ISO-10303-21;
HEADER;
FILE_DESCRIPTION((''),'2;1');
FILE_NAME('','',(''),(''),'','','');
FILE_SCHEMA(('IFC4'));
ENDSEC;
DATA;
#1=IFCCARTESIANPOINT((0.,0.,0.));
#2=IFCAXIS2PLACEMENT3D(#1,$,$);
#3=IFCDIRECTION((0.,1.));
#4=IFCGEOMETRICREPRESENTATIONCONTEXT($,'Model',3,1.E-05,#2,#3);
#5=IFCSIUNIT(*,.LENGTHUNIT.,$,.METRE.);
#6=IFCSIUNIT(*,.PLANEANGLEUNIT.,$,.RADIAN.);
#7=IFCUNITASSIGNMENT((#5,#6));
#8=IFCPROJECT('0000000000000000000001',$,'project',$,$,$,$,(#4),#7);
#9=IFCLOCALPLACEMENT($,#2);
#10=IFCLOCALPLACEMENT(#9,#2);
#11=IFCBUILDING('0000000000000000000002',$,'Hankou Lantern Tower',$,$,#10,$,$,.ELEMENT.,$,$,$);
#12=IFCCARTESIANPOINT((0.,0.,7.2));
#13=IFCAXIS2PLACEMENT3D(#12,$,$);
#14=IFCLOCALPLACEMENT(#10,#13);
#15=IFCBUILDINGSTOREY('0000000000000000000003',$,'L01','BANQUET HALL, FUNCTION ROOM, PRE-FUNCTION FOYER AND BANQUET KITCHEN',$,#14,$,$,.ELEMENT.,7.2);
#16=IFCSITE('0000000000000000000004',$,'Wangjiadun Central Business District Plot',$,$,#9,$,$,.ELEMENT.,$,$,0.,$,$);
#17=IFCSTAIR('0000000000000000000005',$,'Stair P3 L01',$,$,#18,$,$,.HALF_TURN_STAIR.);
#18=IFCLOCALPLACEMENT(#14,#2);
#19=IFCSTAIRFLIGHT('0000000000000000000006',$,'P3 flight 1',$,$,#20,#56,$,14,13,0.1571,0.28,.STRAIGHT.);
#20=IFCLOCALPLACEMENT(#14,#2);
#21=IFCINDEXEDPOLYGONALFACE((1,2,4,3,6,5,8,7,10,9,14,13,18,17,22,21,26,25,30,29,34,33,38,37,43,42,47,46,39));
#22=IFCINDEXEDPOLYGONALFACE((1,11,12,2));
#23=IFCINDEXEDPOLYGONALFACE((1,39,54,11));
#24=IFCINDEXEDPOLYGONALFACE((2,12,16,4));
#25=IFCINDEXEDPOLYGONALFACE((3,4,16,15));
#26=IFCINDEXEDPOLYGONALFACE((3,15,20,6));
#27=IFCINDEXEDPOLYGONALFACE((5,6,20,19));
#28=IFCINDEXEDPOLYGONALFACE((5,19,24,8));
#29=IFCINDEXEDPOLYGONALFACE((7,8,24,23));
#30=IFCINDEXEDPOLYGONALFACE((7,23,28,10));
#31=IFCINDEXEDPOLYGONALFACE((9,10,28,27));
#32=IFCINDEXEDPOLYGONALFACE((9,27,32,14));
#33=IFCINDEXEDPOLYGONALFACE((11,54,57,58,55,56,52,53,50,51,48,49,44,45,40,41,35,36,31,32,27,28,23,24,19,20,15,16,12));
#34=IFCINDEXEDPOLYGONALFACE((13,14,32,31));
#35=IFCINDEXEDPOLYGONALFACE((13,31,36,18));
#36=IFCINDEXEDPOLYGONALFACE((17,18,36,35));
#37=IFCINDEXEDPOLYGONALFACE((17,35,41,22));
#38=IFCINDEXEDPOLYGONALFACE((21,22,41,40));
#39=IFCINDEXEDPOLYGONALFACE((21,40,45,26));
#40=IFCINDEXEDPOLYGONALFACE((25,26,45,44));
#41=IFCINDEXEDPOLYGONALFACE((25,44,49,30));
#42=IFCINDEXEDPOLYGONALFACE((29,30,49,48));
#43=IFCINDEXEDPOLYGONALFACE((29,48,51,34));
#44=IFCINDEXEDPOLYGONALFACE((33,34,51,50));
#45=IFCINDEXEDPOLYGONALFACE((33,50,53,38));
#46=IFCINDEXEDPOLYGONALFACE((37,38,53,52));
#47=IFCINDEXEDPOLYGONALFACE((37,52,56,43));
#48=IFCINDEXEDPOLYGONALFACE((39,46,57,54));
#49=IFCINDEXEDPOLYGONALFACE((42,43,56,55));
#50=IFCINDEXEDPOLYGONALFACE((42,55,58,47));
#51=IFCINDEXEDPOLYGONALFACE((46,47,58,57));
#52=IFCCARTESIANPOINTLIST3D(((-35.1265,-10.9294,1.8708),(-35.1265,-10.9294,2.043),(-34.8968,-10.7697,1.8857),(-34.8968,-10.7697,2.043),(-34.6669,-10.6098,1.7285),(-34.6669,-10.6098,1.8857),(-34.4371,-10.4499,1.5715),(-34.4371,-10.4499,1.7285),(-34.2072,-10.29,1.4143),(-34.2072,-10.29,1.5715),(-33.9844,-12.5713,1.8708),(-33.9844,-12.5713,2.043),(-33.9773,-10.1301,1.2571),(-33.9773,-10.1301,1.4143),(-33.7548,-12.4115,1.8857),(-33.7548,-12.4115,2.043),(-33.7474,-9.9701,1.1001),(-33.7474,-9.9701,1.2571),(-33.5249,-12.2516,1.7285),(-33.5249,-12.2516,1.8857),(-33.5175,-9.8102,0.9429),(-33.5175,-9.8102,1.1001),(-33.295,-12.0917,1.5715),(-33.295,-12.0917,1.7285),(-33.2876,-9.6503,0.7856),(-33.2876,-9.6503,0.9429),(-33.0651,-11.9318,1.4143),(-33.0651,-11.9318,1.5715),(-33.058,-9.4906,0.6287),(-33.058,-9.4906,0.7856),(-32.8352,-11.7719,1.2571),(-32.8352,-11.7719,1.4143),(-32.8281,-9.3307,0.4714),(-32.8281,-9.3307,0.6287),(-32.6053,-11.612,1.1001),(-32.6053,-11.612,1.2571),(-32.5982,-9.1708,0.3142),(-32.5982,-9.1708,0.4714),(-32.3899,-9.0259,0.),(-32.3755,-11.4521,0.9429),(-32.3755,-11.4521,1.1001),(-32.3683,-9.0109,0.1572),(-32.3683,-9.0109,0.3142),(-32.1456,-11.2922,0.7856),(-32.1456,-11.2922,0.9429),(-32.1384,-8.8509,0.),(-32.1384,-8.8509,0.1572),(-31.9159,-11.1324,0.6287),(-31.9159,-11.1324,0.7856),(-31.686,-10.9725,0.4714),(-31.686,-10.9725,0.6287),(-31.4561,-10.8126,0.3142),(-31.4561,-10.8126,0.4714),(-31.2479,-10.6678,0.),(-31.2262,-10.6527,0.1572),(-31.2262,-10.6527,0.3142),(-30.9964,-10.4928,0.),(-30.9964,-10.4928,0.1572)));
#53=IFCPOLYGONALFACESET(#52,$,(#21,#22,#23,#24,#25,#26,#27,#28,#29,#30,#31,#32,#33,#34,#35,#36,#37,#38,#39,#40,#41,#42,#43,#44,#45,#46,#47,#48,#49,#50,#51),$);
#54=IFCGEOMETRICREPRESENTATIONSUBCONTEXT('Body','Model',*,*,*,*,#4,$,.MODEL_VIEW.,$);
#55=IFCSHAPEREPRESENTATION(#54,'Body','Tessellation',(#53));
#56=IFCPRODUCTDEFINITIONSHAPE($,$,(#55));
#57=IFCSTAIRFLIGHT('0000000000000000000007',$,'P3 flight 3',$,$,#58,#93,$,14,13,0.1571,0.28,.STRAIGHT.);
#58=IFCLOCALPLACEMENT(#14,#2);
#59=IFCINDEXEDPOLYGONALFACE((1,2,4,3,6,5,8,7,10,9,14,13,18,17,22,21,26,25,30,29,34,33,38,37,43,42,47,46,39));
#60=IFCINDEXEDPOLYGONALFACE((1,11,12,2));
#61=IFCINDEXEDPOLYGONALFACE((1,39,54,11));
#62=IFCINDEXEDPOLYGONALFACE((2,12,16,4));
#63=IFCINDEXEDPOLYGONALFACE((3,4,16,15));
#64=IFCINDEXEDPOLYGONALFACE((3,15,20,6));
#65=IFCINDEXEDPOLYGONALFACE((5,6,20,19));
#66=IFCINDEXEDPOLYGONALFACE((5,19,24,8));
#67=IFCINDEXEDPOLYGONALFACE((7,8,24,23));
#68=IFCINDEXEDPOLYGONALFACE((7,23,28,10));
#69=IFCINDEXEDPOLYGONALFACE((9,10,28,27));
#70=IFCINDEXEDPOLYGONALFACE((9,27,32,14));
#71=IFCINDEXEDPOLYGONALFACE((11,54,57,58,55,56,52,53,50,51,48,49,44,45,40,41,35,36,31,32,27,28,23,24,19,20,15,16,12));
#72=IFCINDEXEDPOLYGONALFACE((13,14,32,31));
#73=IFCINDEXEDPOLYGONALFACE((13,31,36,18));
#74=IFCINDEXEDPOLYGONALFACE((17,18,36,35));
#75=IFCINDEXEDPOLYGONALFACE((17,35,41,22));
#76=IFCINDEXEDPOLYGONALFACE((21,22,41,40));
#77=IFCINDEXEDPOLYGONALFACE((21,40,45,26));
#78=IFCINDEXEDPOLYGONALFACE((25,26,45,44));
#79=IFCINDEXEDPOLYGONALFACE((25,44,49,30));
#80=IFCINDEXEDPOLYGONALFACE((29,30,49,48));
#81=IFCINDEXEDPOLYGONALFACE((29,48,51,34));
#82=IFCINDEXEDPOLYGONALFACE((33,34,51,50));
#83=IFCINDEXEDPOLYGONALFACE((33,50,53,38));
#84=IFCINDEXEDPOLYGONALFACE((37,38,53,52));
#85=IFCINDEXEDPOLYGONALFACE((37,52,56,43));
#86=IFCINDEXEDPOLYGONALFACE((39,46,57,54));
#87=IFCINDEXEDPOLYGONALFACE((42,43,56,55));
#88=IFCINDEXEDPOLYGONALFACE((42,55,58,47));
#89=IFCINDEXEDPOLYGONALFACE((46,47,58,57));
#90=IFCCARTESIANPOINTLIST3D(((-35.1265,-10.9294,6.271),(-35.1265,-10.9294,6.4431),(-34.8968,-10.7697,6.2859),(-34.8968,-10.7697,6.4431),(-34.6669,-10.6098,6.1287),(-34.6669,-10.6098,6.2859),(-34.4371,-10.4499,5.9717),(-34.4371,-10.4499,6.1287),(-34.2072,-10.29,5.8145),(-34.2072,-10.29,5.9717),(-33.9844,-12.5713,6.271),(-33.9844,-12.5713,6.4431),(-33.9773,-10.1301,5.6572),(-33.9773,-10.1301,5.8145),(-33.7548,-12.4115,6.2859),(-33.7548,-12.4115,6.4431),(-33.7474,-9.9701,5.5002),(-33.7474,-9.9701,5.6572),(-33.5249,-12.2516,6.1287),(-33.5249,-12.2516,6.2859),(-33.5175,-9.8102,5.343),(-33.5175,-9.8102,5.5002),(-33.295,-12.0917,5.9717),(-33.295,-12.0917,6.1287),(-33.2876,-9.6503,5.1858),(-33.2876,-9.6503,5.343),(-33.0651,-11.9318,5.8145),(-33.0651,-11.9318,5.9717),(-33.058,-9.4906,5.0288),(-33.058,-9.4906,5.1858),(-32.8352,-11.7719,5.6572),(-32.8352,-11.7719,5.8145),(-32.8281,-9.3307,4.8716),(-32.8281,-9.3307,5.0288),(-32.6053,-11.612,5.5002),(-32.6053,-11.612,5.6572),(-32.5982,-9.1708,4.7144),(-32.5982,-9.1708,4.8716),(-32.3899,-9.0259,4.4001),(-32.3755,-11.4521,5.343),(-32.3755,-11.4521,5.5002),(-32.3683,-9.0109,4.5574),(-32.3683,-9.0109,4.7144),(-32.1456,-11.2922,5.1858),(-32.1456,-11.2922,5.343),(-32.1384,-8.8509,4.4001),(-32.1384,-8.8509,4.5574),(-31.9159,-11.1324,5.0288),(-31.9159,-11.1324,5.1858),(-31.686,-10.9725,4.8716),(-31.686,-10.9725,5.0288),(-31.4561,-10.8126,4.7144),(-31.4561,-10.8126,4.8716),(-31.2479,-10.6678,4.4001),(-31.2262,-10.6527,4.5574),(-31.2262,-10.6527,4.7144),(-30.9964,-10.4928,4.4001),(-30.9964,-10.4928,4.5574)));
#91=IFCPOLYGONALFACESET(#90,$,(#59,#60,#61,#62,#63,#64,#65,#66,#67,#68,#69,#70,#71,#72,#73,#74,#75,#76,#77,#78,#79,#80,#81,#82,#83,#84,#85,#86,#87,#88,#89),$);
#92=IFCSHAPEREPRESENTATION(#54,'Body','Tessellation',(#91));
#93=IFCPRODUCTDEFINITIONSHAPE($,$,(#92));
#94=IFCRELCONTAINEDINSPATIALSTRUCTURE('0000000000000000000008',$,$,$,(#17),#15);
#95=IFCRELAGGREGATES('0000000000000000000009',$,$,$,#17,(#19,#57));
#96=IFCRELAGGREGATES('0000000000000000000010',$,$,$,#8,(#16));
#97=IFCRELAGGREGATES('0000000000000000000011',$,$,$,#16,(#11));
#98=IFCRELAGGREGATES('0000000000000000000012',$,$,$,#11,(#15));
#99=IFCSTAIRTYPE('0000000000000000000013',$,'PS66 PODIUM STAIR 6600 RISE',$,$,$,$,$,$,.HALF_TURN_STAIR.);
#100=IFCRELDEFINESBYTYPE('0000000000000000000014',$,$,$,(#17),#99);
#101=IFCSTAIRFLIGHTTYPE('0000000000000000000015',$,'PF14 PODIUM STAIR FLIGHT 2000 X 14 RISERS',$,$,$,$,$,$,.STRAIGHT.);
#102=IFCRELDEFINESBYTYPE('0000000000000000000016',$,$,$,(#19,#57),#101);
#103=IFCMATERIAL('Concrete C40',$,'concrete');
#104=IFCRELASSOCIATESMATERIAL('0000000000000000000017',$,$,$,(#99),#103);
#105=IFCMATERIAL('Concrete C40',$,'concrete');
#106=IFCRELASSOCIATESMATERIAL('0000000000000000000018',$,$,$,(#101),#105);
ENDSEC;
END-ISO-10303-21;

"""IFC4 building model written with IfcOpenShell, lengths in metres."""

from ifc_helpers import new_model, si_unit, direction, frame, origin, place, context, subcontext, project, spatial, polyline, outline, extrude, material, type_object, element, aggregate, save


model = new_model("IFC4")

# Units and contexts
model_context = context("Model", 3, precision=1e-05, world=origin(), true_north=direction((0.0, 1.0)))
body_context = subcontext(model_context, "Body", "Model", "MODEL_VIEW")
ifc_project = project(units=[si_unit("LENGTHUNIT", "METRE"), si_unit("PLANEANGLEUNIT", "RADIAN")], contexts=[model_context])

# Site, building, storey
site_placement = place(None, origin())
site = spatial("IfcSite", under=ifc_project, at=site_placement, Name="Wangjiadun Central Business District Plot", CompositionType="ELEMENT", RefElevation=0.0)
building_placement = place(site_placement, origin())
building = spatial("IfcBuilding", under=site, at=building_placement, Name="Hankou Lantern Tower", CompositionType="ELEMENT")
storey_placement = place(building_placement, frame((0.0, 0.0, 7.2)))
storey = spatial("IfcBuildingStorey", under=building, at=storey_placement, Name="L01", Description="BANQUET HALL, FUNCTION ROOM, PRE-FUNCTION FOYER AND BANQUET KITCHEN", CompositionType="ELEMENT", Elevation=7.2)

# Stair, stair flights
ifc_material_1 = material(Name="Concrete C40", Category="concrete")
stair_type = type_object("IfcStairType", Name="PS66 PODIUM STAIR 6600 RISE", PredefinedType="HALF_TURN_STAIR", material=ifc_material_1)
stair_placement = place(storey_placement, origin())
stair = element("IfcStair", 1, at=stair_placement, inside=storey, type_object=stair_type, Name="Stair P3 L01", PredefinedType="HALF_TURN_STAIR")
ifc_material_2 = material(Name="Concrete C40", Category="concrete")
stair_flight_type = type_object("IfcStairFlightType", Name="PF14 PODIUM STAIR FLIGHT 2000 X 14 RISERS", PredefinedType="STRAIGHT", material=ifc_material_2)
stair_flight_1_placement = place(storey_placement, frame((-31.5674, -9.6719, 0.0), z_axis=(0.0, 0.0, 1.0), x_axis=(-0.820927, -0.571033, 0.0)))
stair_flight_1 = element("IfcStairFlight", 2, at=stair_flight_1_placement, type_object=stair_flight_type, Name="P3 flight 1", NumberOfRisers=14, NumberOfTreads=13, PredefinedType="STRAIGHT", RiserHeight=0.1571, TreadLength=0.28, context=body_context, shape_type="SweptSolid", body=[
    extrude(outline(polyline([(0.0, 0.0), (0.0, 0.1572), (0.28, 0.1572), (0.28, 0.3142), (0.5601, 0.3142), (0.5601, 0.4714), (0.8401, 0.4714), (0.8401, 0.6287), (1.1201, 0.6287), (1.1201, 0.7856), (1.3999, 0.7856), (1.3999, 0.9429), (1.6799, 0.9429), (1.6799, 1.1001), (1.96, 1.1001), (1.96, 1.2571), (2.24, 1.2571), (2.24, 1.4143), (2.52, 1.4143), (2.52, 1.5715), (2.8, 1.5715), (2.8, 1.7285), (3.0801, 1.7285), (3.0801, 1.8857), (3.3601, 1.8857), (3.3601, 2.043), (3.6399, 2.043), (3.6399, 2.2), (3.6399, 1.8708), (0.3064, 0.0), (0.0, 0.0)])), frame((0.0, 1.0, 0.0), z_axis=(0.0, -1.0, 0.0), x_axis=(1.0, 0.0, 0.0)), (0.0, 0.0, 1.0), 2.0),
])
stair_flight_2_placement = place(storey_placement, frame((-31.5674, -9.6719, 4.4001), z_axis=(0.0, 0.0, 1.0), x_axis=(-0.820927, -0.571033, 0.0)))
stair_flight_2 = element("IfcStairFlight", 3, at=stair_flight_2_placement, type_object=stair_flight_type, Name="P3 flight 3", NumberOfRisers=14, NumberOfTreads=13, PredefinedType="STRAIGHT", RiserHeight=0.1571, TreadLength=0.28, context=body_context, shape_type="SweptSolid", body=[
    extrude(outline(polyline([(0.0, 0.0), (0.0, 0.1572), (0.28, 0.1572), (0.28, 0.3142), (0.5601, 0.3142), (0.5601, 0.4714), (0.8401, 0.4714), (0.8401, 0.6287), (1.1201, 0.6287), (1.1201, 0.7856), (1.3999, 0.7856), (1.3999, 0.9429), (1.6799, 0.9429), (1.6799, 1.1001), (1.96, 1.1001), (1.96, 1.2571), (2.24, 1.2571), (2.24, 1.4143), (2.52, 1.4143), (2.52, 1.5715), (2.8, 1.5715), (2.8, 1.7285), (3.0801, 1.7285), (3.0801, 1.8857), (3.3601, 1.8857), (3.3601, 2.043), (3.6399, 2.043), (3.6399, 2.2), (3.6399, 1.8708), (0.3064, 0.0), (0.0, 0.0)])), frame((0.0, 1.0, 0.0), z_axis=(0.0, -1.0, 0.0), x_axis=(1.0, 0.0, 0.0)), (0.0, 0.0, 1.0), 2.0),
])
aggregate(stair, [stair_flight_1, stair_flight_2])

save(model, "model.ifc")
